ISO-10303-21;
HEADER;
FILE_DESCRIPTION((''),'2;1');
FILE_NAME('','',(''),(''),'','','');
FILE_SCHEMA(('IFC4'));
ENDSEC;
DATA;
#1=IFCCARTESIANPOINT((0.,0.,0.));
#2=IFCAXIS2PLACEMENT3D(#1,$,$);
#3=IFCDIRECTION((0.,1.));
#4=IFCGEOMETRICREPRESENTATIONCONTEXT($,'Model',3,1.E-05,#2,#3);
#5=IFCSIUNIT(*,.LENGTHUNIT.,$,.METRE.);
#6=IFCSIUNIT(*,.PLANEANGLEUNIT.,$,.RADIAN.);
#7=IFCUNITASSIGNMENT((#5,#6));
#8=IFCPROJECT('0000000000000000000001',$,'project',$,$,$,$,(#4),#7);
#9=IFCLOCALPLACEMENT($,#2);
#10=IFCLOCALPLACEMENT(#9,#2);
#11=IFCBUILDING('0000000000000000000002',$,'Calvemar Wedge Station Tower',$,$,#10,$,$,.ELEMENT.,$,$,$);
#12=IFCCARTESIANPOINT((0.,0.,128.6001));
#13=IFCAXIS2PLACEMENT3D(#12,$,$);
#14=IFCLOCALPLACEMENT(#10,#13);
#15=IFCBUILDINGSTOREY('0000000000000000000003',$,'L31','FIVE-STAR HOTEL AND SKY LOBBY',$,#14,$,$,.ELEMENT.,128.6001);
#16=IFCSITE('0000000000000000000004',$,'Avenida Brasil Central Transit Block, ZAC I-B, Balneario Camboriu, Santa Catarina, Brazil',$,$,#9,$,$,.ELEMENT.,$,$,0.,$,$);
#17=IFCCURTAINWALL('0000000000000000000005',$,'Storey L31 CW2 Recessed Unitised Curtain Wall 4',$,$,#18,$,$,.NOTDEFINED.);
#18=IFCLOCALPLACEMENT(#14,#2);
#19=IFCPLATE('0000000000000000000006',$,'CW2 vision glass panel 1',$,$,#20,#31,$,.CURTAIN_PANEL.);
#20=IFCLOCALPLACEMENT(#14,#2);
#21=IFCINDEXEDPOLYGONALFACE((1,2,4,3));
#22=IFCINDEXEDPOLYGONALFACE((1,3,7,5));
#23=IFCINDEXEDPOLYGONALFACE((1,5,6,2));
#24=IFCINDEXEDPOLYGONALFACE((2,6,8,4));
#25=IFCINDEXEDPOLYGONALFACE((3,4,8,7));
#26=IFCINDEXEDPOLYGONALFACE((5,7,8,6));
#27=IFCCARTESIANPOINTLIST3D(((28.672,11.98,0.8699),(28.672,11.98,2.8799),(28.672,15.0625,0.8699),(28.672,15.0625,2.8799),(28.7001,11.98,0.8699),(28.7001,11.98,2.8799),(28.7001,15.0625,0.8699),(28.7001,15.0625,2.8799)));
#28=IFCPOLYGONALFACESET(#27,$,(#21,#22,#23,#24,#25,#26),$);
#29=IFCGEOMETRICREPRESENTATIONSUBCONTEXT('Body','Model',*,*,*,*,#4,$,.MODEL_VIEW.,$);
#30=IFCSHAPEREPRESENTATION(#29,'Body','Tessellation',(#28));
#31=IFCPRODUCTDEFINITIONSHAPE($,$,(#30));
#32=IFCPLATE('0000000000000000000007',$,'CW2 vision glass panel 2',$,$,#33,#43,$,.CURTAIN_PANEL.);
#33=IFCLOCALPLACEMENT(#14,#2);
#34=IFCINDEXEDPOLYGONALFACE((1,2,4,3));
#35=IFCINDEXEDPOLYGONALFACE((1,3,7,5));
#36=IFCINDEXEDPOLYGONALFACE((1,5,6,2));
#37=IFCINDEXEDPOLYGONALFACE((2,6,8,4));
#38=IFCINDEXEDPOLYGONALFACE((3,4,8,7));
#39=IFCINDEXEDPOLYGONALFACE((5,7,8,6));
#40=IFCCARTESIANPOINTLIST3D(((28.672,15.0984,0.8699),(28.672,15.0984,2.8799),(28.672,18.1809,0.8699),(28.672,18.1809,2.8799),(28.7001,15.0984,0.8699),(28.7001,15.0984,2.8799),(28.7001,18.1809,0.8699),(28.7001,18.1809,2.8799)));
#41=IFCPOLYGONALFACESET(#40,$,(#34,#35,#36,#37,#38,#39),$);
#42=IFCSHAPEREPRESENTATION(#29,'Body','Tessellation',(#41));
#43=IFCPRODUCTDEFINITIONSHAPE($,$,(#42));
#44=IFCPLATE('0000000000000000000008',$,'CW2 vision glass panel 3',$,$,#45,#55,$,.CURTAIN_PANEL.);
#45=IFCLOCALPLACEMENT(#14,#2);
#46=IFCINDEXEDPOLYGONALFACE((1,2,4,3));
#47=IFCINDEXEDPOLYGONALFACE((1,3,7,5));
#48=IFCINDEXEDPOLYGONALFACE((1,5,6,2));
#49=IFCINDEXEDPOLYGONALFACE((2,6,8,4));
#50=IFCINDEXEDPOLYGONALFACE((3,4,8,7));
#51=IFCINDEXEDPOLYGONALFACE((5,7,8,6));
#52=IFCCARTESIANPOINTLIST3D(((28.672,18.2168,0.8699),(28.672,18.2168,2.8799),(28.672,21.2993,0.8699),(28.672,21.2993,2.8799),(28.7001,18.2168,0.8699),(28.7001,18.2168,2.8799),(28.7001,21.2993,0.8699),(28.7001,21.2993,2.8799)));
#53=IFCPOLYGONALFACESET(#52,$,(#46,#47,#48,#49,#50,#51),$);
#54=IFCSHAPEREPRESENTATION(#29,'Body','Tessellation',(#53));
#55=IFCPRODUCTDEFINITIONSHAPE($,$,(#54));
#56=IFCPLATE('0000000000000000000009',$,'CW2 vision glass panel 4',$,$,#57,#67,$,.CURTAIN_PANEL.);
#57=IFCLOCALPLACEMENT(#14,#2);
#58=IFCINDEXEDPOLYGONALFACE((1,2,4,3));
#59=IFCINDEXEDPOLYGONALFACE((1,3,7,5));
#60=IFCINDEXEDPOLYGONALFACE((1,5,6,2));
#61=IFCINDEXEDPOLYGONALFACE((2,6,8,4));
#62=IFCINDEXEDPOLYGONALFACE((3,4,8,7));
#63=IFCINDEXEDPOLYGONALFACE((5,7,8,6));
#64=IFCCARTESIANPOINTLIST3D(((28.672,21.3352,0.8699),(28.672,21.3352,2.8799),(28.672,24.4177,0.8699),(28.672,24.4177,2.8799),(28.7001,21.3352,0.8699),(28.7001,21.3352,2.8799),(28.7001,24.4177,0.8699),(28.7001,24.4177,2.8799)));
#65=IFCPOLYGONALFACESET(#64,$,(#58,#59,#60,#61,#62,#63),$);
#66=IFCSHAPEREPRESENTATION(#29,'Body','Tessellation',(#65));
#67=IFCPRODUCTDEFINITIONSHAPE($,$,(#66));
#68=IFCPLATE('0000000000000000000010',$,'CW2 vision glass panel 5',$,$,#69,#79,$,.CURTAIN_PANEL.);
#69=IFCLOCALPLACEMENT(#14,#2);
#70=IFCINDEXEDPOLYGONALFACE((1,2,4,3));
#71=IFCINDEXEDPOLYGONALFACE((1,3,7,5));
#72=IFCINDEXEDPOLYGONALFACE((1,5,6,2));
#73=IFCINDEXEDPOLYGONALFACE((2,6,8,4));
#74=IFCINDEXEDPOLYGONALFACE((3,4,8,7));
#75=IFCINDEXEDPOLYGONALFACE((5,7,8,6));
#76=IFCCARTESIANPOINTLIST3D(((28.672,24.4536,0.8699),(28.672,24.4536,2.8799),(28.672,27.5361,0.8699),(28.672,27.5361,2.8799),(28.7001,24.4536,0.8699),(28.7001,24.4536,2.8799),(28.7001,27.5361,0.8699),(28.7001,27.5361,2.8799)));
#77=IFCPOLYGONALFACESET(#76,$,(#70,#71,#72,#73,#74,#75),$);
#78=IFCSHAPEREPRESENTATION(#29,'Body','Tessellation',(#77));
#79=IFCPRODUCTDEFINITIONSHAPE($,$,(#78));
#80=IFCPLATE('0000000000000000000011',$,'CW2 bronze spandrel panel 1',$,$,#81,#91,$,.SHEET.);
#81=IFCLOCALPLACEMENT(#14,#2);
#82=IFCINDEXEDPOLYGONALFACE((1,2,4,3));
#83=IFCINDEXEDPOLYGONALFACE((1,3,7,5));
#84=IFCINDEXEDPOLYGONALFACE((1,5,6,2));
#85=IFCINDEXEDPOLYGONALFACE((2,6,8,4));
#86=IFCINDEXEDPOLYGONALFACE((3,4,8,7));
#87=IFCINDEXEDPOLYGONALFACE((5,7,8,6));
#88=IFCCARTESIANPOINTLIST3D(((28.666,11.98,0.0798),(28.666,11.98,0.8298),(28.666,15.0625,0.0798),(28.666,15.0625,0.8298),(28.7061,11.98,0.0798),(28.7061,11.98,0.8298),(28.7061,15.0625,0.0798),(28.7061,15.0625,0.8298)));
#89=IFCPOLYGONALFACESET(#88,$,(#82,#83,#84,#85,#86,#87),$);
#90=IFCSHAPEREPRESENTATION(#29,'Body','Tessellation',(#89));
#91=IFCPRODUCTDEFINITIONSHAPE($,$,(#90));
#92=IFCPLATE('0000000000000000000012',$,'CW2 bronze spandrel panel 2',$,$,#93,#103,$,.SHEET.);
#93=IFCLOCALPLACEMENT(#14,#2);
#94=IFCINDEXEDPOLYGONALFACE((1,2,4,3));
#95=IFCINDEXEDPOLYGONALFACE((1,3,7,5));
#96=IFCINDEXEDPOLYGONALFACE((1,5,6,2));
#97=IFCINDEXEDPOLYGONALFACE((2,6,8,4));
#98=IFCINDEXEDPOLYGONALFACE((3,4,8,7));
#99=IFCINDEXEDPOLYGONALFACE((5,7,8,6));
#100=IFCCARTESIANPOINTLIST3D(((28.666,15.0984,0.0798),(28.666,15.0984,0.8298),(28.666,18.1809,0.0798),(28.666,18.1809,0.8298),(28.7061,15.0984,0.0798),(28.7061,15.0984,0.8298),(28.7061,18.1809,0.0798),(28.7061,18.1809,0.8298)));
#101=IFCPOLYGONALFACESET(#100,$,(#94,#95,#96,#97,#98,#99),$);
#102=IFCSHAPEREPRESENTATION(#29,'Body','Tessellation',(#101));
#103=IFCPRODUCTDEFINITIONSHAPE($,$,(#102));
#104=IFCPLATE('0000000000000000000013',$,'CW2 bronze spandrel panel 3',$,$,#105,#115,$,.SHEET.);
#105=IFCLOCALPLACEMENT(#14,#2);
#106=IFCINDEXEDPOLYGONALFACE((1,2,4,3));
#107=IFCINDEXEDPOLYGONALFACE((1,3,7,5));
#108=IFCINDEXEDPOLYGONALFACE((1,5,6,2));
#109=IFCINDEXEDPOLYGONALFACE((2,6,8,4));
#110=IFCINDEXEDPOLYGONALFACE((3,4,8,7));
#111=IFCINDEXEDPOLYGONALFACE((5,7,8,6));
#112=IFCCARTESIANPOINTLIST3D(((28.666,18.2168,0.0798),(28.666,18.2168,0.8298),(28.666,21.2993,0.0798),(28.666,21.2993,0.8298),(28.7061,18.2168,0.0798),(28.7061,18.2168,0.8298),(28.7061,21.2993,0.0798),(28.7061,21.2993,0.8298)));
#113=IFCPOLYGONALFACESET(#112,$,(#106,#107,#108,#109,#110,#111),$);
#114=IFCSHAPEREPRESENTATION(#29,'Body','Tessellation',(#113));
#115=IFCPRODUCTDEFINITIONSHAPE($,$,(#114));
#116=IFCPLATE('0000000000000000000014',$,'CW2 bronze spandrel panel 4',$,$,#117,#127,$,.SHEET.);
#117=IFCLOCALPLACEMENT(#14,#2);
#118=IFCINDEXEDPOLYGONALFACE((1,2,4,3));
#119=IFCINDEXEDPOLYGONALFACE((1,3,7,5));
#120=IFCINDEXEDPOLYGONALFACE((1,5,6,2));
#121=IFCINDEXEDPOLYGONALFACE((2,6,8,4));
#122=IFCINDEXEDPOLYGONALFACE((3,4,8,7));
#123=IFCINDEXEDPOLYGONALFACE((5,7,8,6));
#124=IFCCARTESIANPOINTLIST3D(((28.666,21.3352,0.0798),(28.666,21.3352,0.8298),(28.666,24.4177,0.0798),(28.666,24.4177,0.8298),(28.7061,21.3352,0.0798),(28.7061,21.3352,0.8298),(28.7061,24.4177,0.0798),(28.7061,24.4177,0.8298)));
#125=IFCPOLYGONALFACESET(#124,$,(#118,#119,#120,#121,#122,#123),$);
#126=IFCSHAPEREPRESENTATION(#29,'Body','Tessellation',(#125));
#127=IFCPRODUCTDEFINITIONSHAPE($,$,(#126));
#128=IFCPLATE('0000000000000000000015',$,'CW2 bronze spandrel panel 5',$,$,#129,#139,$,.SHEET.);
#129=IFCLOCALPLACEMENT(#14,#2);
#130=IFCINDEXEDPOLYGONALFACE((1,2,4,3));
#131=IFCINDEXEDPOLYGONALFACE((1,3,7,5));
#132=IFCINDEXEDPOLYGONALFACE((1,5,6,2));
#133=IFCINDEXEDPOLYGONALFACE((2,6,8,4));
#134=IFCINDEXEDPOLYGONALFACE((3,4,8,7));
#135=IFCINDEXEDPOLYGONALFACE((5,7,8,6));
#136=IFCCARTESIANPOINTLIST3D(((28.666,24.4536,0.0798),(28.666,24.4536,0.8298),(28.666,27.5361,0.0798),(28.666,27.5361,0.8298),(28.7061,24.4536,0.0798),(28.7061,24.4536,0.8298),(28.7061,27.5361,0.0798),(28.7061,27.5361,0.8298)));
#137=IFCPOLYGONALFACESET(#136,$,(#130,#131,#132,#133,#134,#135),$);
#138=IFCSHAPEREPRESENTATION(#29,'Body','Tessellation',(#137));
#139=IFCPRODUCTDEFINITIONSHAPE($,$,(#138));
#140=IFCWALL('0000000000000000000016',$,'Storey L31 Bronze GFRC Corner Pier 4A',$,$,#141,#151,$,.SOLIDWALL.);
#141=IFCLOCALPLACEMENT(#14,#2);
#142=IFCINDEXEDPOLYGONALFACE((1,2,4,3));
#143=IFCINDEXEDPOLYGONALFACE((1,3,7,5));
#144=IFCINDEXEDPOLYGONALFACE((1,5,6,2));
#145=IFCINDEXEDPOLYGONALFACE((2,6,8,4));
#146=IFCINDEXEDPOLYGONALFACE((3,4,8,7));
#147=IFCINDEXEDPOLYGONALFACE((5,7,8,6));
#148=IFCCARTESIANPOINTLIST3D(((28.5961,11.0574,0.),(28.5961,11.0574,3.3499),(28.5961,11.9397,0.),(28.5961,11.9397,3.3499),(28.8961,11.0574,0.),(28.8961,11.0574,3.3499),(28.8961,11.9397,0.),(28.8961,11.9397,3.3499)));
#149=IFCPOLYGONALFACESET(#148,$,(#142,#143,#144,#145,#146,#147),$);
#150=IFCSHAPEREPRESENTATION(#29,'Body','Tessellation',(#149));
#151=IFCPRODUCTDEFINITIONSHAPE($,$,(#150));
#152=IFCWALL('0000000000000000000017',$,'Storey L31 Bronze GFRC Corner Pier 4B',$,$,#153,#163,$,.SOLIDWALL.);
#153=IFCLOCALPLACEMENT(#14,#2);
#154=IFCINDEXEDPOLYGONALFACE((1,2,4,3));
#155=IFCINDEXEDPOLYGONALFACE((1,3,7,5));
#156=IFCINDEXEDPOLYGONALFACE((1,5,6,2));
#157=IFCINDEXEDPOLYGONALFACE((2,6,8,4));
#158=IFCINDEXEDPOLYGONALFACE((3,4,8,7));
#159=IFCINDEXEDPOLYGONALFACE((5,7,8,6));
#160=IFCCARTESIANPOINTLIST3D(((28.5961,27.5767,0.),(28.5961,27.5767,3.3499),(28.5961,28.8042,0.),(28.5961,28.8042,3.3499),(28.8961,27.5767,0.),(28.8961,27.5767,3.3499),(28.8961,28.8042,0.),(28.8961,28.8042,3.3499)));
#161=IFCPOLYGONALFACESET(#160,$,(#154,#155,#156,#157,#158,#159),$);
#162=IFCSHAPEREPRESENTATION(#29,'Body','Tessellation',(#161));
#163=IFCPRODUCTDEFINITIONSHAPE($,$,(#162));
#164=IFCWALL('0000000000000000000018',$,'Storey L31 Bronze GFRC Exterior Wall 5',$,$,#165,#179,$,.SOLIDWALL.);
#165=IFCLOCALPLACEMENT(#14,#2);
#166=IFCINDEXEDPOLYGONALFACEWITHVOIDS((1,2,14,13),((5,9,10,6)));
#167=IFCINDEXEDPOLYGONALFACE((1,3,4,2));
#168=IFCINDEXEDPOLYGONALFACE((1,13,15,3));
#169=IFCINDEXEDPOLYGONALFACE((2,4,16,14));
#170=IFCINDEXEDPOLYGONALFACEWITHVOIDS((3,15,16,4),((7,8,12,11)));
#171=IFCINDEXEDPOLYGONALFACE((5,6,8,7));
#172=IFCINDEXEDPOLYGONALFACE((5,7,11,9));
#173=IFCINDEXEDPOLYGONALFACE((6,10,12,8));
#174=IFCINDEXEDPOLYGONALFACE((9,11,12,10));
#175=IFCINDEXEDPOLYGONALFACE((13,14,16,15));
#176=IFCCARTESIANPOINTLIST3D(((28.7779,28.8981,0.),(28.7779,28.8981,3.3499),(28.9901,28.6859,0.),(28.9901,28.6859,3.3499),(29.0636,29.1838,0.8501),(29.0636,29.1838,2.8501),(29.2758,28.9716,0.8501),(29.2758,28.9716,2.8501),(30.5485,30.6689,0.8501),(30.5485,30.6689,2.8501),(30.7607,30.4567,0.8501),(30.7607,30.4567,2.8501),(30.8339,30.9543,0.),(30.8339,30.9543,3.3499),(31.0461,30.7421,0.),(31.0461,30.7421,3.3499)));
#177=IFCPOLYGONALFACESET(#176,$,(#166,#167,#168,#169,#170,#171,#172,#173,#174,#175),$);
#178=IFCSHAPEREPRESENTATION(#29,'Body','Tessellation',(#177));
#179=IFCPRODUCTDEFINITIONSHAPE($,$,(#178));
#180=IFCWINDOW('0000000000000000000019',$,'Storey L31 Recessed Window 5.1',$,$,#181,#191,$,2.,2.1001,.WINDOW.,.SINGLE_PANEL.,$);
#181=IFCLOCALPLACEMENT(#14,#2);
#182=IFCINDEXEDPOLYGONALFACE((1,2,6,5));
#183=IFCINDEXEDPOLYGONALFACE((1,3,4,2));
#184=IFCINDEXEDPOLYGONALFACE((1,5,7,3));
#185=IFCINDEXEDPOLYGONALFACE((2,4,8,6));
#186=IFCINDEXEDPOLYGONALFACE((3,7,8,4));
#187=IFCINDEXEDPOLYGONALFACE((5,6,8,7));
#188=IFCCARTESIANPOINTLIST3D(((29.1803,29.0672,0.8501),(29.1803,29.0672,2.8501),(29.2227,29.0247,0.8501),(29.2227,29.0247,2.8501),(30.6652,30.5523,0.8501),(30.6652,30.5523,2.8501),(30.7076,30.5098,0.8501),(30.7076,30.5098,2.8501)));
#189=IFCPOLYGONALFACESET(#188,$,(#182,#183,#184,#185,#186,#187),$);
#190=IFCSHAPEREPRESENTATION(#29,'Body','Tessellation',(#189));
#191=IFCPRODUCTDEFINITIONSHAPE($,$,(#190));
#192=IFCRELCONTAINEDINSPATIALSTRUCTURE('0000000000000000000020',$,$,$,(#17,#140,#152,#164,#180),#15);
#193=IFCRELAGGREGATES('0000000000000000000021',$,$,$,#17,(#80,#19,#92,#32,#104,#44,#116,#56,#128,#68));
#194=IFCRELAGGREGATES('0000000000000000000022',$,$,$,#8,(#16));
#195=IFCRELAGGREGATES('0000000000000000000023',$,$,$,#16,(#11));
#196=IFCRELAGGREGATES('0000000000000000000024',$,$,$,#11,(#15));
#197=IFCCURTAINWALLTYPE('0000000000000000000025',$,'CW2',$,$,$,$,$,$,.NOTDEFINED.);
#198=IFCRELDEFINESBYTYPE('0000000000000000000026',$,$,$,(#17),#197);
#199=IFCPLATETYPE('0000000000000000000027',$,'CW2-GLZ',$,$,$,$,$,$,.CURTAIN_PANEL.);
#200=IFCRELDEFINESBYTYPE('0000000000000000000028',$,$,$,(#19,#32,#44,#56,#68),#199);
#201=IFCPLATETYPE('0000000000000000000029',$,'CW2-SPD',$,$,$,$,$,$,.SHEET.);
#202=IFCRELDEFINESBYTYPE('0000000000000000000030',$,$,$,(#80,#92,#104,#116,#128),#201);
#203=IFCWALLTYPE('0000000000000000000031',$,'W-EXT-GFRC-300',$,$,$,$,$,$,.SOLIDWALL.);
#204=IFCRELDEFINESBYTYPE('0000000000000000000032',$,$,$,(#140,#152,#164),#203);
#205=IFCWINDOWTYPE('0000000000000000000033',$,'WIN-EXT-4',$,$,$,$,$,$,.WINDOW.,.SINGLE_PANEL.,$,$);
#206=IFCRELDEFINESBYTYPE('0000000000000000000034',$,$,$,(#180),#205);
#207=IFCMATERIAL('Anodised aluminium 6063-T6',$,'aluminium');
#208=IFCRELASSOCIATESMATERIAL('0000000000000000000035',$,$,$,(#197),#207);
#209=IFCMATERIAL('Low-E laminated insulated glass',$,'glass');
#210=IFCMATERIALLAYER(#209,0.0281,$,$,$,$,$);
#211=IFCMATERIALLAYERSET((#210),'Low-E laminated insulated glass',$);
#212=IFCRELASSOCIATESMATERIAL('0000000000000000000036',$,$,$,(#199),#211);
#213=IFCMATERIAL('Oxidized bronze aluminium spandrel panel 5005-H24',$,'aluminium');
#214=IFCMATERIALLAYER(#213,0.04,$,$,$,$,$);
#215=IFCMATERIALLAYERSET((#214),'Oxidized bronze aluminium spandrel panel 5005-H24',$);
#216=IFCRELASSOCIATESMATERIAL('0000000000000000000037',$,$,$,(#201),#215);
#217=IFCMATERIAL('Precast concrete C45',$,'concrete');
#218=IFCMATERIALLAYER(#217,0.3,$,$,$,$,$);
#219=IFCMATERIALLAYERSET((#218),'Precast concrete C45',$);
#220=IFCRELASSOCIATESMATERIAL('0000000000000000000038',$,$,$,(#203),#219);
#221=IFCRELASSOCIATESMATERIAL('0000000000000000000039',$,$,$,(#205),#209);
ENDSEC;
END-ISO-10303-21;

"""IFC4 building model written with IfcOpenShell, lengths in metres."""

from ifc_helpers import new_model, si_unit, direction, frame, frame_2d, origin, place, context, subcontext, project, spatial, rectangle, extrude, source, transform, mapped, material, layer, layer_set, type_object, element, fill, aggregate, save


model = new_model("IFC4")

# Units and contexts
model_context = context("Model", 3, precision=1e-05, world=origin(), true_north=direction((0.0, 1.0)))
body_context = subcontext(model_context, "Body", "Model", "MODEL_VIEW")
ifc_project = project(units=[si_unit("LENGTHUNIT", "METRE"), si_unit("PLANEANGLEUNIT", "RADIAN")], contexts=[model_context])

# Site, building, storey
site_placement = place(None, origin())
site = spatial("IfcSite", under=ifc_project, at=site_placement, Name="Avenida Brasil Central Transit Block, ZAC I-B, Balneario Camboriu, Santa Catarina, Brazil", CompositionType="ELEMENT", RefElevation=0.0)
building_placement = place(site_placement, origin())
building = spatial("IfcBuilding", under=site, at=building_placement, Name="Calvemar Wedge Station Tower", CompositionType="ELEMENT")
storey_placement = place(building_placement, frame((0.0, 0.0, 128.6001)))
storey = spatial("IfcBuildingStorey", under=building, at=storey_placement, Name="L31", Description="FIVE-STAR HOTEL AND SKY LOBBY", CompositionType="ELEMENT", Elevation=128.6001)

# Curtain wall
ifc_material_1 = material(Name="Anodised aluminium 6063-T6", Category="aluminium")
curtain_wall_type = type_object("IfcCurtainWallType", Name="CW2", PredefinedType="NOTDEFINED", material=ifc_material_1)
curtain_wall_1_placement = place(storey_placement, origin())
curtain_wall_1 = element("IfcCurtainWall", 1, at=curtain_wall_1_placement, inside=storey, type_object=curtain_wall_type, Name="Storey L31 CW2 Recessed Unitised Curtain Wall 4", PredefinedType="NOTDEFINED")

# Plates
ifc_material_2 = material(Name="Low-E laminated insulated glass", Category="glass")
ifc_layer_1 = layer(ifc_material_2, 0.0281)
ifc_layer_set_1 = layer_set([ifc_layer_1], Name="Low-E laminated insulated glass")
plate_type_1 = type_object("IfcPlateType", Name="CW2-GLZ", PredefinedType="CURTAIN_PANEL", material=ifc_layer_set_1)
plate_1_placement = place(storey_placement, frame((28.686, 11.98, 0.8699), z_axis=(0.0, 0.0, 1.0), x_axis=(0.0, 1.0, 0.0)))
plate_1 = element("IfcPlate", 2, at=plate_1_placement, type_object=plate_type_1, Name="CW2 vision glass panel 1", PredefinedType="CURTAIN_PANEL", context=body_context, shape_type="SweptSolid", body=[
    extrude(rectangle(XDim=3.0825, YDim=0.0281, at=frame_2d((1.5413, 0.0))), origin(), (0.0, 0.0, 1.0), 2.01),
])
plate_2_placement = place(storey_placement, frame((28.686, 15.0984, 0.8699), z_axis=(0.0, 0.0, 1.0), x_axis=(0.0, 1.0, 0.0)))
plate_2 = element("IfcPlate", 3, at=plate_2_placement, type_object=plate_type_1, Name="CW2 vision glass panel 2", PredefinedType="CURTAIN_PANEL", context=body_context, shape_type="SweptSolid", body=[
    extrude(rectangle(XDim=3.0825, YDim=0.0281, at=frame_2d((1.5413, 0.0))), origin(), (0.0, 0.0, 1.0), 2.01),
])
plate_3_placement = place(storey_placement, frame((28.686, 18.2168, 0.8699), z_axis=(0.0, 0.0, 1.0), x_axis=(0.0, 1.0, 0.0)))
plate_3 = element("IfcPlate", 4, at=plate_3_placement, type_object=plate_type_1, Name="CW2 vision glass panel 3", PredefinedType="CURTAIN_PANEL", context=body_context, shape_type="SweptSolid", body=[
    extrude(rectangle(XDim=3.0825, YDim=0.0281, at=frame_2d((1.5413, 0.0))), origin(), (0.0, 0.0, 1.0), 2.01),
])
plate_4_placement = place(storey_placement, frame((28.686, 21.3352, 0.8699), z_axis=(0.0, 0.0, 1.0), x_axis=(0.0, 1.0, 0.0)))
plate_4 = element("IfcPlate", 5, at=plate_4_placement, type_object=plate_type_1, Name="CW2 vision glass panel 4", PredefinedType="CURTAIN_PANEL", context=body_context, shape_type="SweptSolid", body=[
    extrude(rectangle(XDim=3.0825, YDim=0.0281, at=frame_2d((1.5413, 0.0))), origin(), (0.0, 0.0, 1.0), 2.01),
])
plate_5_placement = place(storey_placement, frame((28.686, 24.4536, 0.8699), z_axis=(0.0, 0.0, 1.0), x_axis=(0.0, 1.0, 0.0)))
plate_5 = element("IfcPlate", 6, at=plate_5_placement, type_object=plate_type_1, Name="CW2 vision glass panel 5", PredefinedType="CURTAIN_PANEL", context=body_context, shape_type="SweptSolid", body=[
    extrude(rectangle(XDim=3.0825, YDim=0.0281, at=frame_2d((1.5413, 0.0))), origin(), (0.0, 0.0, 1.0), 2.01),
])
ifc_material_3 = material(Name="Oxidized bronze aluminium spandrel panel 5005-H24", Category="aluminium")
ifc_layer_2 = layer(ifc_material_3, 0.04)
ifc_layer_set_2 = layer_set([ifc_layer_2], Name="Oxidized bronze aluminium spandrel panel 5005-H24")
plate_type_2 = type_object("IfcPlateType", Name="CW2-SPD", PredefinedType="SHEET", material=ifc_layer_set_2)
plate_6_placement = place(storey_placement, frame((28.686, 11.98, 0.0798), z_axis=(0.0, 0.0, 1.0), x_axis=(0.0, 1.0, 0.0)))
plate_6 = element("IfcPlate", 7, at=plate_6_placement, type_object=plate_type_2, Name="CW2 bronze spandrel panel 1", PredefinedType="SHEET", context=body_context, shape_type="SweptSolid", body=[
    extrude(rectangle(XDim=3.0825, YDim=0.04, at=frame_2d((1.5413, 0.0))), origin(), (0.0, 0.0, 1.0), 0.75),
])
plate_7_placement = place(storey_placement, frame((28.686, 15.0984, 0.0798), z_axis=(0.0, 0.0, 1.0), x_axis=(0.0, 1.0, 0.0)))
plate_7 = element("IfcPlate", 8, at=plate_7_placement, type_object=plate_type_2, Name="CW2 bronze spandrel panel 2", PredefinedType="SHEET", context=body_context, shape_type="SweptSolid", body=[
    extrude(rectangle(XDim=3.0825, YDim=0.04, at=frame_2d((1.5413, 0.0))), origin(), (0.0, 0.0, 1.0), 0.75),
])
plate_8_placement = place(storey_placement, frame((28.686, 18.2168, 0.0798), z_axis=(0.0, 0.0, 1.0), x_axis=(0.0, 1.0, 0.0)))
plate_8 = element("IfcPlate", 9, at=plate_8_placement, type_object=plate_type_2, Name="CW2 bronze spandrel panel 3", PredefinedType="SHEET", context=body_context, shape_type="SweptSolid", body=[
    extrude(rectangle(XDim=3.0825, YDim=0.04, at=frame_2d((1.5413, 0.0))), origin(), (0.0, 0.0, 1.0), 0.75),
])
plate_9_placement = place(storey_placement, frame((28.686, 21.3352, 0.0798), z_axis=(0.0, 0.0, 1.0), x_axis=(0.0, 1.0, 0.0)))
plate_9 = element("IfcPlate", 10, at=plate_9_placement, type_object=plate_type_2, Name="CW2 bronze spandrel panel 4", PredefinedType="SHEET", context=body_context, shape_type="SweptSolid", body=[
    extrude(rectangle(XDim=3.0825, YDim=0.04, at=frame_2d((1.5413, 0.0))), origin(), (0.0, 0.0, 1.0), 0.75),
])
plate_10_placement = place(storey_placement, frame((28.686, 24.4536, 0.0798), z_axis=(0.0, 0.0, 1.0), x_axis=(0.0, 1.0, 0.0)))
plate_10 = element("IfcPlate", 11, at=plate_10_placement, type_object=plate_type_2, Name="CW2 bronze spandrel panel 5", PredefinedType="SHEET", context=body_context, shape_type="SweptSolid", body=[
    extrude(rectangle(XDim=3.0825, YDim=0.04, at=frame_2d((1.5413, 0.0))), origin(), (0.0, 0.0, 1.0), 0.75),
])
aggregate(curtain_wall_1, [plate_6, plate_1, plate_7, plate_2, plate_8, plate_3, plate_9, plate_4, plate_10, plate_5])

# Walls
ifc_material_4 = material(Name="Precast concrete C45", Category="concrete")
ifc_layer_3 = layer(ifc_material_4, 0.3)
ifc_layer_set_3 = layer_set([ifc_layer_3], Name="Precast concrete C45")
wall_type_1 = type_object("IfcWallType", Name="W-EXT-GFRC-300", PredefinedType="SOLIDWALL", material=ifc_layer_set_3)
wall_1_placement = place(storey_placement, frame((28.7461, 11.0574, 0.0), z_axis=(0.0, 0.0, 1.0), x_axis=(0.0, 1.0, 0.0)))
element("IfcWall", 12, at=wall_1_placement, inside=storey, type_object=wall_type_1, Name="Storey L31 Bronze GFRC Corner Pier 4A", PredefinedType="SOLIDWALL", context=body_context, shape_type="SweptSolid", body=[
    extrude(rectangle(XDim=0.8823, YDim=0.3, at=frame_2d((0.4412, 0.0))), origin(), (0.0, 0.0, 1.0), 3.3499),
])
wall_2_placement = place(storey_placement, frame((28.7461, 27.5767, 0.0), z_axis=(0.0, 0.0, 1.0), x_axis=(0.0, 1.0, 0.0)))
element("IfcWall", 13, at=wall_2_placement, inside=storey, type_object=wall_type_1, Name="Storey L31 Bronze GFRC Corner Pier 4B", PredefinedType="SOLIDWALL", context=body_context, shape_type="SweptSolid", body=[
    extrude(rectangle(XDim=1.2275, YDim=0.3, at=frame_2d((0.6138, 0.0))), origin(), (0.0, 0.0, 1.0), 3.3499),
])

# Wall, opening, window
wall_3_placement = place(storey_placement, frame((28.884, 28.792, 0.0), z_axis=(0.0, 0.0, 1.0), x_axis=(0.707065, 0.707149, 0.0)))
wall_3 = element("IfcWall", 14, at=wall_3_placement, inside=storey, type_object=wall_type_1, Name="Storey L31 Bronze GFRC Exterior Wall 5", PredefinedType="SOLIDWALL", context=body_context, shape_type="SweptSolid", body=[
    extrude(rectangle(XDim=2.9077, YDim=0.3, at=frame_2d((1.4539, 0.0))), origin(), (0.0, 0.0, 1.0), 3.3499),
])
shared_shape_1 = source(origin(), body_context, "Body", "SweptSolid", [
    extrude(rectangle(XDim=2.1001, YDim=2.0, at=frame_2d((1.05, 1.0))), frame((0.0, 0.1602, 0.0), z_axis=(0.0, -1.0, 0.0), x_axis=(1.0, 0.0, 0.0)), (0.0, 0.0, 1.0), 0.3201),
])
opening_1_placement = place(wall_3_placement, frame((0.4041, 0.0, 0.8501)))
opening_1 = element("IfcOpeningElement", 15, at=opening_1_placement, cuts=wall_3, PredefinedType="OPENING", context=body_context, shape_type="MappedRepresentation", body=[
    mapped(shared_shape_1, transform((0.0, 0.0, 0.0), scale=1.0)),
])
window_type = type_object("IfcWindowType", Name="WIN-EXT-4", PartitioningType="SINGLE_PANEL", PredefinedType="WINDOW", material=ifc_material_2)
shared_shape_2 = source(origin(), body_context, "Body", "SweptSolid", [
    extrude(rectangle(XDim=2.1001, YDim=2.0, at=frame_2d((1.05, 1.0))), frame((0.0, -0.0149, 0.0), z_axis=(0.0, -1.0, 0.0), x_axis=(1.0, 0.0, 0.0)), (0.0, 0.0, 1.0), 0.0601),
])
window_placement = place(opening_1_placement, origin())
window = element("IfcWindow", 16, at=window_placement, inside=storey, type_object=window_type, Name="Storey L31 Recessed Window 5.1", OverallHeight=2.0, OverallWidth=2.1001, PartitioningType="SINGLE_PANEL", PredefinedType="WINDOW", context=body_context, shape_type="MappedRepresentation", body=[
    mapped(shared_shape_2, transform((0.0, 0.0, 0.0), scale=1.0)),
])
fill(opening_1, window)

save(model, "model.ifc")
